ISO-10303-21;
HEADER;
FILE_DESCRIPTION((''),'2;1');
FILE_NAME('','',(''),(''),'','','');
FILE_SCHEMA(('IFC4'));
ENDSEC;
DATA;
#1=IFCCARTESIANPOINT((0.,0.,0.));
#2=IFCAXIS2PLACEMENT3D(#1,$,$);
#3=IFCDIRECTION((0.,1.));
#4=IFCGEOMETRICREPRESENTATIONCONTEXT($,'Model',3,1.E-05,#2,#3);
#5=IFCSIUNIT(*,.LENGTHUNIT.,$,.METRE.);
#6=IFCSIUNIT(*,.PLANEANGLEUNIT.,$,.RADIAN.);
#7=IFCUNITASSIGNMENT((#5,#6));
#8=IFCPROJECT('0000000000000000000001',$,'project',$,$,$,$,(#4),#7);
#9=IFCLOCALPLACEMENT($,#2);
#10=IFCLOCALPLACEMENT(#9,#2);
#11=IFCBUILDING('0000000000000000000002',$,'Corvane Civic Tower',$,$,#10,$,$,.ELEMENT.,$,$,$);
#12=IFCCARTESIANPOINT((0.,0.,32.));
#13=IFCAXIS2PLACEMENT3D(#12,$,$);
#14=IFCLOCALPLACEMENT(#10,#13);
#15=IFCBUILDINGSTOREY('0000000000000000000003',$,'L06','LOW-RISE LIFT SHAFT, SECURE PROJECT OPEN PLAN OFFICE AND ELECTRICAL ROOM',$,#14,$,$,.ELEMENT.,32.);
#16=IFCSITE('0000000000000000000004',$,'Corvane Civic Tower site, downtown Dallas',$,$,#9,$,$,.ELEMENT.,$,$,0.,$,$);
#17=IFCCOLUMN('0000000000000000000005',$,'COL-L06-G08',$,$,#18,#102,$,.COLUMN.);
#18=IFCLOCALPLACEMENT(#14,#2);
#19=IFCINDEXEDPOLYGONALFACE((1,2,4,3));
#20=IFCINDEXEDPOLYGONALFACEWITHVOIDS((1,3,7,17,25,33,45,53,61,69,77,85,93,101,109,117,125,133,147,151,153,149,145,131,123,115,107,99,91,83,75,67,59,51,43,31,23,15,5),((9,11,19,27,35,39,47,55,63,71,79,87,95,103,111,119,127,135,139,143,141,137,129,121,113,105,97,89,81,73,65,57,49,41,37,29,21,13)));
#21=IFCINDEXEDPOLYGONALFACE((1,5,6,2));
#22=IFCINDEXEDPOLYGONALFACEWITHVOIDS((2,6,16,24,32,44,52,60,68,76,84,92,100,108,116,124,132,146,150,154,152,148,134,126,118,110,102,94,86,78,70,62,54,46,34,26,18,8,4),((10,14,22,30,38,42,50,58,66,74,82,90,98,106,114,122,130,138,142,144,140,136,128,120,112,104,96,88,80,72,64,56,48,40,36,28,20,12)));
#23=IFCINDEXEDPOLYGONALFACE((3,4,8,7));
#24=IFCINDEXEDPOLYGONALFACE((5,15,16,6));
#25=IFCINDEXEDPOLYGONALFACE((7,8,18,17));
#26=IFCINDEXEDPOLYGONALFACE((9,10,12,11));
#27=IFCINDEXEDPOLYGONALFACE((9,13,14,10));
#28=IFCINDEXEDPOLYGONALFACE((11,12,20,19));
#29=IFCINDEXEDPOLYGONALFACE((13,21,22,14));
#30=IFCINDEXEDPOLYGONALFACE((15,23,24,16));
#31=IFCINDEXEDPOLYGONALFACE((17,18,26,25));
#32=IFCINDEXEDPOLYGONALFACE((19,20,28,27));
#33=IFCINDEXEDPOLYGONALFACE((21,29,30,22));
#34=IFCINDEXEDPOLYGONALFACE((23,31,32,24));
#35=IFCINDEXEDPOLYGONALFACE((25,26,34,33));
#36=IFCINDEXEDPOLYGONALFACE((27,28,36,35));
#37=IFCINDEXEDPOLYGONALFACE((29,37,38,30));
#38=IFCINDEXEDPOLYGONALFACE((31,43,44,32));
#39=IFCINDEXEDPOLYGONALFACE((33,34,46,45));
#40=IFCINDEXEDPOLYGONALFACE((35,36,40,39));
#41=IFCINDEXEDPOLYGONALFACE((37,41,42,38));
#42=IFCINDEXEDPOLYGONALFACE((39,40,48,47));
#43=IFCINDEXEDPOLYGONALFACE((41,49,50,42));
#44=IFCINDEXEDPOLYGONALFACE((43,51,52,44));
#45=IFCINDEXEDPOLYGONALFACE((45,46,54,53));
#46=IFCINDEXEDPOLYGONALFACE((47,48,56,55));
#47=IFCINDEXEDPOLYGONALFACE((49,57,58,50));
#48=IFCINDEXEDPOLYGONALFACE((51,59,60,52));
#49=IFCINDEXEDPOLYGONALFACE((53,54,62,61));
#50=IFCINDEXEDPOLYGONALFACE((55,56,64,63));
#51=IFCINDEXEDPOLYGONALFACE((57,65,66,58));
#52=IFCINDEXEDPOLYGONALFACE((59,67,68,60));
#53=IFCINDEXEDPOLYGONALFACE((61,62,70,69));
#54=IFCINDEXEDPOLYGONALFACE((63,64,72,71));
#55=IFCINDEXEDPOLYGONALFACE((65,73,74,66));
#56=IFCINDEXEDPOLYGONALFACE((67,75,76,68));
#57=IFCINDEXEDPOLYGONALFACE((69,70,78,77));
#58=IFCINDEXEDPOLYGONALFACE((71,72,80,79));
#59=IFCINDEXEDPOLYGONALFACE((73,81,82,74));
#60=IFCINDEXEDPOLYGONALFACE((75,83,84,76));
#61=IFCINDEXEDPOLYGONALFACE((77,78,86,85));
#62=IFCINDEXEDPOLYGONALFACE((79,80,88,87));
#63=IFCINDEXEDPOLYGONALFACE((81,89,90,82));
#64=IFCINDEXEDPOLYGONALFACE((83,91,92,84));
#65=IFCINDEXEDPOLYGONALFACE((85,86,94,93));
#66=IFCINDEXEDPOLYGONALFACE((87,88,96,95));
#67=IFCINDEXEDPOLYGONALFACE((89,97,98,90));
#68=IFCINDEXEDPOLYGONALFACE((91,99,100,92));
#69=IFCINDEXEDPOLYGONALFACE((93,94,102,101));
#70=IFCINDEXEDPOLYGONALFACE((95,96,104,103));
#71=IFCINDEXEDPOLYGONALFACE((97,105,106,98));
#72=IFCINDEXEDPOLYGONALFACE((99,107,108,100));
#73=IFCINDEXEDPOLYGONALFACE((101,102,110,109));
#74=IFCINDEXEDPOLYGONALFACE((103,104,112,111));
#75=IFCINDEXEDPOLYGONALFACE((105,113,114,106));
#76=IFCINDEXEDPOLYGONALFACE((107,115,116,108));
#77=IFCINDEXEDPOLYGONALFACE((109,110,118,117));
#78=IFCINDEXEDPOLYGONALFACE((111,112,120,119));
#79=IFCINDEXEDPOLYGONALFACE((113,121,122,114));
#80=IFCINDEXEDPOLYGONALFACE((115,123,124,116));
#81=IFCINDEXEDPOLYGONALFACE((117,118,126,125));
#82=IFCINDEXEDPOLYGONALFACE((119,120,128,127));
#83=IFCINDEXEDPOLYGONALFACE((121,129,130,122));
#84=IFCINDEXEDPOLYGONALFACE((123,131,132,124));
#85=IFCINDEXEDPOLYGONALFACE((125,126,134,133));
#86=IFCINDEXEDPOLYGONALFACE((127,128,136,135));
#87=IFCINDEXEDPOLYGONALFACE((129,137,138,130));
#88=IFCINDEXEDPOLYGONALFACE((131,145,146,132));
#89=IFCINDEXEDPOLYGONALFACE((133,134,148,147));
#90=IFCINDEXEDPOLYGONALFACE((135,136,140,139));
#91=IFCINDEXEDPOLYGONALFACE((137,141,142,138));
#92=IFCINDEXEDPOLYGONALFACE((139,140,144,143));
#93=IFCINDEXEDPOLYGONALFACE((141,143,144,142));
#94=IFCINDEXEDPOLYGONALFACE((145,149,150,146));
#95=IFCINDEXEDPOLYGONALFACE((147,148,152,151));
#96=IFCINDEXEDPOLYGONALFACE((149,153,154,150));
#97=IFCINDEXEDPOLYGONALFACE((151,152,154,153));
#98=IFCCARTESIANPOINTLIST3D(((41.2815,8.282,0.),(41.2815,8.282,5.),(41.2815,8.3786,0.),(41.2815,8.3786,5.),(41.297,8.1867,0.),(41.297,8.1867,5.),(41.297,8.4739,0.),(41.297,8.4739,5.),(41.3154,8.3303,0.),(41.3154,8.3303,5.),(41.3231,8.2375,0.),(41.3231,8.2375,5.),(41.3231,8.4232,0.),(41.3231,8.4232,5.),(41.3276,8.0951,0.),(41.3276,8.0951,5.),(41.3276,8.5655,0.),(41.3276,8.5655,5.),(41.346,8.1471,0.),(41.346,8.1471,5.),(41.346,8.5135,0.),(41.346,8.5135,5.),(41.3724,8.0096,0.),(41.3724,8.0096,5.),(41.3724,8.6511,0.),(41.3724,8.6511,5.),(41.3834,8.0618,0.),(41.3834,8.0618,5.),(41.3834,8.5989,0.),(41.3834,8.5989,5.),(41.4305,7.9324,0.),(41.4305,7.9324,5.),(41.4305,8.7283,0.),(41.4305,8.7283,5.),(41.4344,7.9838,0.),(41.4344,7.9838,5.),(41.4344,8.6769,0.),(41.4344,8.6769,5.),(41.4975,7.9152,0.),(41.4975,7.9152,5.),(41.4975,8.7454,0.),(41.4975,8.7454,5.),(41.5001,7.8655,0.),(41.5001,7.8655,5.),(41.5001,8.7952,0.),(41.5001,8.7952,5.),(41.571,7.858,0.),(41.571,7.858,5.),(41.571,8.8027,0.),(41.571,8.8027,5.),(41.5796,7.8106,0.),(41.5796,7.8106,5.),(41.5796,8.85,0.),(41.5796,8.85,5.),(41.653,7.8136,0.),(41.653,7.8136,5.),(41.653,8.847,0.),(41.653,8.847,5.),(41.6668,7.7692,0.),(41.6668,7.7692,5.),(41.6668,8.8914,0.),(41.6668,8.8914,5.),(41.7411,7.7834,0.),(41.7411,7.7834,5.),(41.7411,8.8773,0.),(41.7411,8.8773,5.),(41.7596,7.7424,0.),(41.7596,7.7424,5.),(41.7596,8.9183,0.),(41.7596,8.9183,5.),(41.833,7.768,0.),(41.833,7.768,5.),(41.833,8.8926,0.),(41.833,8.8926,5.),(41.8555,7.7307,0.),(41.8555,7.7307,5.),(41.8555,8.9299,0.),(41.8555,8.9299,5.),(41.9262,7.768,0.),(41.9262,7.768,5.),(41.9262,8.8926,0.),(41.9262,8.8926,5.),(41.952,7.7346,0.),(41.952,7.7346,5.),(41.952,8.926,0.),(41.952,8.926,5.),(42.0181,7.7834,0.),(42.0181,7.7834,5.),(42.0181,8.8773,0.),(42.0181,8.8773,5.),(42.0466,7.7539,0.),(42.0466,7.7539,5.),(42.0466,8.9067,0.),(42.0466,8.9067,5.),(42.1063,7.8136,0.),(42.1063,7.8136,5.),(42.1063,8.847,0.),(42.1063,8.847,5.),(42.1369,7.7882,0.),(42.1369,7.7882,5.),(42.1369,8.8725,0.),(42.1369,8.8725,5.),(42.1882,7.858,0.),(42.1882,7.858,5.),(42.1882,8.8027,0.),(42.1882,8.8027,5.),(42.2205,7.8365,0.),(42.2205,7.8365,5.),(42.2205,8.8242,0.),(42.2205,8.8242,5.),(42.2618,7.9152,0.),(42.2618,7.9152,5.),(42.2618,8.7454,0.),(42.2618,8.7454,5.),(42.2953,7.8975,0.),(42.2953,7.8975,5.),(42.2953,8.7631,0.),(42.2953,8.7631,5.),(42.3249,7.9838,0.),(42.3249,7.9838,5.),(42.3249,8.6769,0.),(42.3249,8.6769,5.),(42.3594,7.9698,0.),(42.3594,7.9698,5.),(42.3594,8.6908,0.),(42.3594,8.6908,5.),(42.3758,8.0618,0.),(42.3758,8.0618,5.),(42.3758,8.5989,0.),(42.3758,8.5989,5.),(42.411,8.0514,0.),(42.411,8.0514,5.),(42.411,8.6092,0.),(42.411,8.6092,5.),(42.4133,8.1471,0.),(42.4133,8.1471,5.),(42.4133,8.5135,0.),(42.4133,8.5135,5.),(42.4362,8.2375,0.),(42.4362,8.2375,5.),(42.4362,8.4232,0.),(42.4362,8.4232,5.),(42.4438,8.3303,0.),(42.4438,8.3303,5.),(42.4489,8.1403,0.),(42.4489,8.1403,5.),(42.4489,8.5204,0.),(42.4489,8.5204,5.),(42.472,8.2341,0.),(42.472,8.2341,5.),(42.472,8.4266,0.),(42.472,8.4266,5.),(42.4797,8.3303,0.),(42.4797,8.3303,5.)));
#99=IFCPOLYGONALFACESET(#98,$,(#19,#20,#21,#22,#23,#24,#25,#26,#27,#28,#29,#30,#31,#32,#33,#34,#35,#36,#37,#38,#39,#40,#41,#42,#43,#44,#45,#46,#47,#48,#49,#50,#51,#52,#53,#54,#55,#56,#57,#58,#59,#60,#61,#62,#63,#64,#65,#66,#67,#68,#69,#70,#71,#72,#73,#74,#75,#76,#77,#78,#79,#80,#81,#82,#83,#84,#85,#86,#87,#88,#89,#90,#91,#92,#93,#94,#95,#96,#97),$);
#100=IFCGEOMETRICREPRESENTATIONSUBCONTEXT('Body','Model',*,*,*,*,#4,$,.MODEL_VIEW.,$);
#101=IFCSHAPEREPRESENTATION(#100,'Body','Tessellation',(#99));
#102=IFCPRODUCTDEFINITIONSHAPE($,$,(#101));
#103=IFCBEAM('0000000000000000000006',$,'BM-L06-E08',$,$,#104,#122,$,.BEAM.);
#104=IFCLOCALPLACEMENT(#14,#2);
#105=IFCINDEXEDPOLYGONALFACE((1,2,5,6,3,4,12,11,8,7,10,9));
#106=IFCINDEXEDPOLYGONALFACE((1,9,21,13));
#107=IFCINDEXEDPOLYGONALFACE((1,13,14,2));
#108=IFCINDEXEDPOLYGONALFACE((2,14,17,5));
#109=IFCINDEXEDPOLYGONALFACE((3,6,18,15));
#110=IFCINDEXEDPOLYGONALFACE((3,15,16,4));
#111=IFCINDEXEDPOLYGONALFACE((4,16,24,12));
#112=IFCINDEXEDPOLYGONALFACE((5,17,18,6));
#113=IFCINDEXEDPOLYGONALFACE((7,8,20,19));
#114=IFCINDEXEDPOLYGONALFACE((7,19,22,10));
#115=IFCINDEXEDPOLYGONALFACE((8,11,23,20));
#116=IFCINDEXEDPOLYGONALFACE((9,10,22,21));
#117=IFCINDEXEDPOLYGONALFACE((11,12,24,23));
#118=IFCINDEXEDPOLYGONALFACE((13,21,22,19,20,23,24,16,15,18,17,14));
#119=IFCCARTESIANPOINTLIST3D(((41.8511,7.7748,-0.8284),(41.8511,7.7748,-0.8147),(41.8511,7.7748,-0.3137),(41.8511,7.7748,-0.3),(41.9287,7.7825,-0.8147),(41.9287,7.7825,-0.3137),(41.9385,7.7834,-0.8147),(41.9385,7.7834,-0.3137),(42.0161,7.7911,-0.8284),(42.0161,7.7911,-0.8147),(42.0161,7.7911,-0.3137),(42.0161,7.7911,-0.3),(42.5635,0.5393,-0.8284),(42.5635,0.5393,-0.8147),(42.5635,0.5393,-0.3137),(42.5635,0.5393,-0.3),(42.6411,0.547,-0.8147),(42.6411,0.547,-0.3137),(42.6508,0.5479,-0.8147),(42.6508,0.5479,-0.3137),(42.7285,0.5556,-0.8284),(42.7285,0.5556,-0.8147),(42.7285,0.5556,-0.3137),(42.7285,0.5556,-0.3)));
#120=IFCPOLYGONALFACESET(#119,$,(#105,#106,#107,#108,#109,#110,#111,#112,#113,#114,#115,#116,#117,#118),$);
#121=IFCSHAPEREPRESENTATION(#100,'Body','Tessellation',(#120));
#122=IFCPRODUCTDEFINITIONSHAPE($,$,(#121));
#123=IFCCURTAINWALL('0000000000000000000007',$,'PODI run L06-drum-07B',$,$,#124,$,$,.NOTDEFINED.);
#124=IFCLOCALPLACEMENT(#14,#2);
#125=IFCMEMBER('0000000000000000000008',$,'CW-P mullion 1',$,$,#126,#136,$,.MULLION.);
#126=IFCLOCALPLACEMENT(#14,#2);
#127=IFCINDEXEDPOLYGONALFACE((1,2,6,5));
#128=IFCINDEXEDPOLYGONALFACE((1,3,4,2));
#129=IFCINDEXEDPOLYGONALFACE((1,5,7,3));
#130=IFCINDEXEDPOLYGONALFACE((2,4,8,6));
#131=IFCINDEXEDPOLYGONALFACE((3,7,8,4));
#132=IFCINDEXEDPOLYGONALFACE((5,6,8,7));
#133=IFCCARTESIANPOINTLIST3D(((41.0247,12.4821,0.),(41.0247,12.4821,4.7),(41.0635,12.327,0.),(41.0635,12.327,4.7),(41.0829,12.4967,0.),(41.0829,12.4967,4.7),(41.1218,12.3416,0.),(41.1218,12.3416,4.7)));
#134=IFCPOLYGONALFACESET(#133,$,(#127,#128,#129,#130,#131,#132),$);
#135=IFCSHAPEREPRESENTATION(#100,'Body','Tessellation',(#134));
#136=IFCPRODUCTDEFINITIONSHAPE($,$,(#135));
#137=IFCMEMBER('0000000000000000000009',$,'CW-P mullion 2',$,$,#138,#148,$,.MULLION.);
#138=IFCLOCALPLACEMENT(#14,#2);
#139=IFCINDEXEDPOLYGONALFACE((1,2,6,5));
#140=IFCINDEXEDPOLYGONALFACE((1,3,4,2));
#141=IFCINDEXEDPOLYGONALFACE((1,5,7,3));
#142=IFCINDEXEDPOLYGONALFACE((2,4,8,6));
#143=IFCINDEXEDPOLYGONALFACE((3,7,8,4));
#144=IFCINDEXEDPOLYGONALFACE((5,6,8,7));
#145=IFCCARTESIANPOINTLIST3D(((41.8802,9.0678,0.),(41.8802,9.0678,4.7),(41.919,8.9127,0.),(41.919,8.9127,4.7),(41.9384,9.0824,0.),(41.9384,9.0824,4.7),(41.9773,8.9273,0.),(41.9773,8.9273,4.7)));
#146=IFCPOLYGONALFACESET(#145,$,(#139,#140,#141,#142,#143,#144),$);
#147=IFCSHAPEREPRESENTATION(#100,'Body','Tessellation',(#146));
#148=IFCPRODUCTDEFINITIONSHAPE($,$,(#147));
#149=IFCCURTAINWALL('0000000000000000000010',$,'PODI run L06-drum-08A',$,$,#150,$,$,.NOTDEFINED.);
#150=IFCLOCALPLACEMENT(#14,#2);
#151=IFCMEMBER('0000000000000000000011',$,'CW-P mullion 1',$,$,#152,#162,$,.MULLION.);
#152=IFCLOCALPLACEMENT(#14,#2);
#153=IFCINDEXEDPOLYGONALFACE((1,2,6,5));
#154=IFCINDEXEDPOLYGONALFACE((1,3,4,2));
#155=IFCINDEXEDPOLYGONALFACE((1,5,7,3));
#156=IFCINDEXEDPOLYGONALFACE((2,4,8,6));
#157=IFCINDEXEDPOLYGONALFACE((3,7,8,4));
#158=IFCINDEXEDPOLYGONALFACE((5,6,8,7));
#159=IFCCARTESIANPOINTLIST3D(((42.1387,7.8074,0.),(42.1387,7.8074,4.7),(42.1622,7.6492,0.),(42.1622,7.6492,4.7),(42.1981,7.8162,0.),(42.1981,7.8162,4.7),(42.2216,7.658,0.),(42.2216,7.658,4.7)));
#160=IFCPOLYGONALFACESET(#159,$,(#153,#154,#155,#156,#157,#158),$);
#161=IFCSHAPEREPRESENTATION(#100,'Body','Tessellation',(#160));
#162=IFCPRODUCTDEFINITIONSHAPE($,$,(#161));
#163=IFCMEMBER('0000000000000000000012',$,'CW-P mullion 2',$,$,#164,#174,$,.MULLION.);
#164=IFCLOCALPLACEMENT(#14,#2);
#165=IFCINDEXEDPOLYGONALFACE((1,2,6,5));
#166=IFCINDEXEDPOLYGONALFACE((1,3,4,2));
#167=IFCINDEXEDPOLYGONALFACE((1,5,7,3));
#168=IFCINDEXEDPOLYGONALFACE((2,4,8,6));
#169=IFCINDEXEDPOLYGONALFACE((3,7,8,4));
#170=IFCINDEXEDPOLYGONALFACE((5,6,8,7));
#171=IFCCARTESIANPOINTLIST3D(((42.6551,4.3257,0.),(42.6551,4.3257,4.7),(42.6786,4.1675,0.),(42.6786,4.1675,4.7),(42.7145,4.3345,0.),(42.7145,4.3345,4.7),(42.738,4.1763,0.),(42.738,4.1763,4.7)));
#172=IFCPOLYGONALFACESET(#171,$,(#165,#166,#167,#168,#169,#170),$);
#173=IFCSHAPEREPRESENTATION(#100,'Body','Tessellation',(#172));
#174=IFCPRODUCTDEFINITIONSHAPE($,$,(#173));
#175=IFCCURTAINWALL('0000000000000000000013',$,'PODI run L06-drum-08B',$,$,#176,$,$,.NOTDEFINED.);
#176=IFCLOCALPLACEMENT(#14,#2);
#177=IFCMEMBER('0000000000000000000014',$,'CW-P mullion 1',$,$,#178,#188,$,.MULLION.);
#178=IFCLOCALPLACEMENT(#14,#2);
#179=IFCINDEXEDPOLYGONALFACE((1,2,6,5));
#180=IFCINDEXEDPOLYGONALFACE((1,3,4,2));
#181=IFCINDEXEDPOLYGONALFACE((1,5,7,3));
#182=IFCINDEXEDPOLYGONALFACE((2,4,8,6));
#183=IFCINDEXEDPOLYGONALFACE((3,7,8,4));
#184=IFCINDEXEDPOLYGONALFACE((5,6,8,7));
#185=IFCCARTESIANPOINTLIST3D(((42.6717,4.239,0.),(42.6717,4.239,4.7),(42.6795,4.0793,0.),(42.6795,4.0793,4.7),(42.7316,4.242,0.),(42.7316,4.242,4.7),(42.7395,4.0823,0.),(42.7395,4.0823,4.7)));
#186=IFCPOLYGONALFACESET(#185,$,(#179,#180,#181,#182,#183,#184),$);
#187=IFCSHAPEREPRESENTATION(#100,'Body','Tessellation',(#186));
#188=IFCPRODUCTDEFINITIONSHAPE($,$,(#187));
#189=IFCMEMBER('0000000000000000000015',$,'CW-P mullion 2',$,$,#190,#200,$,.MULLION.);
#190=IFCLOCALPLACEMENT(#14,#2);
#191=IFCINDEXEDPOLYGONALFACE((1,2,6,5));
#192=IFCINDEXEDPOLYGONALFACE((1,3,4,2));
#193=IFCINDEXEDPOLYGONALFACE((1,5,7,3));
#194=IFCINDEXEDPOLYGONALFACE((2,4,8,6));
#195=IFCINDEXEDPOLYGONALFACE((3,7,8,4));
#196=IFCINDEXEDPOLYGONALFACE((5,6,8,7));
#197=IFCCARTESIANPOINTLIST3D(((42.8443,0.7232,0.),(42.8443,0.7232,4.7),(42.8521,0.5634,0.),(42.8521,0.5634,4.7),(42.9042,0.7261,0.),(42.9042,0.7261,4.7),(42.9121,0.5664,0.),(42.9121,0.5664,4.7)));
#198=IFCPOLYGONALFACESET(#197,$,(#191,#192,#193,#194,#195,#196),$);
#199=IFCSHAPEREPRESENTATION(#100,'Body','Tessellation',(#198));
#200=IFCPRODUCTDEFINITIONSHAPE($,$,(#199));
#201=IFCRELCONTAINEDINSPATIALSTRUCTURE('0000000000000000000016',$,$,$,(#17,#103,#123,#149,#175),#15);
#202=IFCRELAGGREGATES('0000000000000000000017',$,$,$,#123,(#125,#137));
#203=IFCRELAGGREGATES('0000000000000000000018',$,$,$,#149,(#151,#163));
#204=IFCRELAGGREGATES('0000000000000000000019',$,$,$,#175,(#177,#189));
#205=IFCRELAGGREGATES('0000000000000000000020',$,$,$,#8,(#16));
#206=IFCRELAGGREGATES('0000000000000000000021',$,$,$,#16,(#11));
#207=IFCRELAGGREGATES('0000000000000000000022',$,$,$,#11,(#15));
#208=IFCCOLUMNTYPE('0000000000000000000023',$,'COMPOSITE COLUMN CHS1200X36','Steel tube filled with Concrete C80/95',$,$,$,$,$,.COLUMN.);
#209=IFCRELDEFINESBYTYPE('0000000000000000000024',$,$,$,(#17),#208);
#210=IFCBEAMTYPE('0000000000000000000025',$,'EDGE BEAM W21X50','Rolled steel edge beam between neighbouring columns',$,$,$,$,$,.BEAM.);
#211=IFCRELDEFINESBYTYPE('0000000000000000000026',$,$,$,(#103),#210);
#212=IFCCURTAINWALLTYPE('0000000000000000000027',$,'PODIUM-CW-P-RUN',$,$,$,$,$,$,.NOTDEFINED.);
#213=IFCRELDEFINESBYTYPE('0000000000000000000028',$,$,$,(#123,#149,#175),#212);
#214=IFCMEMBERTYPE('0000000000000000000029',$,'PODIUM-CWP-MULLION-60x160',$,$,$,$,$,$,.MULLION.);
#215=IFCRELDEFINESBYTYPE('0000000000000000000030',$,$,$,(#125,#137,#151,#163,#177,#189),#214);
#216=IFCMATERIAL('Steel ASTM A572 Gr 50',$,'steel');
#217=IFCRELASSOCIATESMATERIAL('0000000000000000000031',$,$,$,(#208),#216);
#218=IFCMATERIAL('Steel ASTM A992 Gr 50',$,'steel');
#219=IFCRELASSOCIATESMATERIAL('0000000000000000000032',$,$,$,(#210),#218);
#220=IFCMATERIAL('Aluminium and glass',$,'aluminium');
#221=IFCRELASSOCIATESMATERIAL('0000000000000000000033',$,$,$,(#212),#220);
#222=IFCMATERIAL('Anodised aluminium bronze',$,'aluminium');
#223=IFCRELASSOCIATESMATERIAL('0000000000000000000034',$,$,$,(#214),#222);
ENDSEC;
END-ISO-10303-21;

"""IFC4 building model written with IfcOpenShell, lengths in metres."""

from ifc_helpers import new_model, si_unit, direction, frame, origin, origin_2d, place, context, subcontext, project, spatial, rectangle, hollow_circle, i_section, extrude, material, material_profile, profile_set, type_object, element, aggregate, save


model = new_model("IFC4")

# Units and contexts
model_context = context("Model", 3, precision=1e-05, world=origin(), true_north=direction((0.0, 1.0)))
body_context = subcontext(model_context, "Body", "Model", "MODEL_VIEW")
ifc_project = project(units=[si_unit("LENGTHUNIT", "METRE"), si_unit("PLANEANGLEUNIT", "RADIAN")], contexts=[model_context])

# Site, building, storey
site_placement = place(None, origin())
site = spatial("IfcSite", under=ifc_project, at=site_placement, Name="Corvane Civic Tower site, downtown Dallas", CompositionType="ELEMENT", RefElevation=0.0)
building_placement = place(site_placement, origin())
building = spatial("IfcBuilding", under=site, at=building_placement, Name="Corvane Civic Tower", CompositionType="ELEMENT")
storey_placement = place(building_placement, frame((0.0, 0.0, 32.0)))
storey = spatial("IfcBuildingStorey", under=building, at=storey_placement, Name="L06", Description="LOW-RISE LIFT SHAFT, SECURE PROJECT OPEN PLAN OFFICE AND ELECTRICAL ROOM", CompositionType="ELEMENT", Elevation=32.0)

# Column
ifc_material_1 = material(Name="Steel ASTM A572 Gr 50", Category="steel")
ifc_material_profile_1 = material_profile(ifc_material_1, hollow_circle(Radius=0.6001, WallThickness=0.0359, at=origin_2d()), Name="CHS1200X36")
ifc_profile_set_1 = profile_set([ifc_material_profile_1], Name="Steel ASTM A572 Gr 50")
column_type = type_object("IfcColumnType", Name="COMPOSITE COLUMN CHS1200X36", Description="Steel tube filled with Concrete C80/95", PredefinedType="COLUMN", material=ifc_profile_set_1)
column_placement = place(storey_placement, frame((41.8796, 8.3303, 0.0), z_axis=(0.0, 0.0, 1.0), x_axis=(1.0, 0.0, 0.0)))
element("IfcColumn", 1, at=column_placement, inside=storey, type_object=column_type, Name="COL-L06-G08", PredefinedType="COLUMN", context=body_context, shape_type="SweptSolid", body=[
    extrude(hollow_circle(Radius=0.6001, WallThickness=0.0359, at=origin_2d()), origin(), (0.0, 0.0, 1.0), 5.0),
])

# Beam
ifc_material_2 = material(Name="Steel ASTM A992 Gr 50", Category="steel")
ifc_material_profile_2 = material_profile(ifc_material_2, i_section(OverallWidth=0.1658, OverallDepth=0.5283, WebThickness=0.0098, FlangeThickness=0.0137, at=origin_2d()), Name="W21X50")
ifc_profile_set_2 = profile_set([ifc_material_profile_2], Name="Steel ASTM A992 Gr 50")
beam_type = type_object("IfcBeamType", Name="EDGE BEAM W21X50", Description="Rolled steel edge beam between neighbouring columns", PredefinedType="BEAM", material=ifc_profile_set_2)
beam_placement = place(storey_placement, frame((41.9336, 7.783, -0.5642), z_axis=(0.097984, -0.995188, 0.0), x_axis=(0.995188, 0.097984, 0.0)))
element("IfcBeam", 2, at=beam_placement, inside=storey, type_object=beam_type, Name="BM-L06-E08", PredefinedType="BEAM", context=body_context, shape_type="SweptSolid", body=[
    extrude(i_section(OverallWidth=0.1658, OverallDepth=0.5283, WebThickness=0.0098, FlangeThickness=0.0137, at=origin_2d()), origin(), (0.0, 0.0, 1.0), 7.2705),
])

# Curtain walls, members
ifc_material_3 = material(Name="Aluminium and glass", Category="aluminium")
curtain_wall_type = type_object("IfcCurtainWallType", Name="PODIUM-CW-P-RUN", PredefinedType="NOTDEFINED", material=ifc_material_3)
curtain_wall_1_placement = place(storey_placement, origin())
curtain_wall_1 = element("IfcCurtainWall", 3, at=curtain_wall_1_placement, inside=storey, type_object=curtain_wall_type, Name="PODI run L06-drum-07B", PredefinedType="NOTDEFINED")
ifc_material_4 = material(Name="Anodised aluminium bronze", Category="aluminium")
ifc_material_profile_3 = material_profile(ifc_material_4, rectangle(XDim=0.0601, YDim=0.1599, at=origin_2d()), Name="AL 60x160")
ifc_profile_set_3 = profile_set([ifc_material_profile_3], Name="Anodised aluminium bronze")
member_type_1 = type_object("IfcMemberType", Name="PODIUM-CWP-MULLION-60x160", PredefinedType="MULLION", material=ifc_profile_set_3)
member_1_placement = place(storey_placement, frame((41.0732, 12.4119, 0.0), z_axis=(0.0, 0.0, 1.0), x_axis=(0.970024, 0.243009, 0.0)))
member_1 = element("IfcMember", 4, at=member_1_placement, type_object=member_type_1, Name="CW-P mullion 1", PredefinedType="MULLION", context=body_context, shape_type="SweptSolid", body=[
    extrude(rectangle(XDim=0.0601, YDim=0.1599, at=origin_2d()), origin(), (0.0, 0.0, 1.0), 4.7),
])
member_2_placement = place(storey_placement, frame((41.9287, 8.9976, 0.0), z_axis=(0.0, 0.0, 1.0), x_axis=(0.970024, 0.243009, 0.0)))
member_2 = element("IfcMember", 5, at=member_2_placement, type_object=member_type_1, Name="CW-P mullion 2", PredefinedType="MULLION", context=body_context, shape_type="SweptSolid", body=[
    extrude(rectangle(XDim=0.0601, YDim=0.1599, at=origin_2d()), origin(), (0.0, 0.0, 1.0), 4.7),
])
curtain_wall_2_placement = place(storey_placement, origin())
curtain_wall_2 = element("IfcCurtainWall", 6, at=curtain_wall_2_placement, inside=storey, type_object=curtain_wall_type, Name="PODI run L06-drum-08A", PredefinedType="NOTDEFINED")
member_3_placement = place(storey_placement, frame((42.1802, 7.7327, 0.0), z_axis=(0.0, 0.0, 1.0), x_axis=(0.989179, 0.146715, 0.0)))
member_3 = element("IfcMember", 7, at=member_3_placement, type_object=member_type_1, Name="CW-P mullion 1", PredefinedType="MULLION", context=body_context, shape_type="SweptSolid", body=[
    extrude(rectangle(XDim=0.0601, YDim=0.1599, at=origin_2d()), origin(), (0.0, 0.0, 1.0), 4.7),
])
member_4_placement = place(storey_placement, frame((42.6965, 4.251, 0.0), z_axis=(0.0, 0.0, 1.0), x_axis=(0.989179, 0.146715, 0.0)))
member_4 = element("IfcMember", 8, at=member_4_placement, type_object=member_type_1, Name="CW-P mullion 2", PredefinedType="MULLION", context=body_context, shape_type="SweptSolid", body=[
    extrude(rectangle(XDim=0.0601, YDim=0.1599, at=origin_2d()), origin(), (0.0, 0.0, 1.0), 4.7),
])
curtain_wall_3_placement = place(storey_placement, origin())
curtain_wall_3 = element("IfcCurtainWall", 9, at=curtain_wall_3_placement, inside=storey, type_object=curtain_wall_type, Name="PODI run L06-drum-08B", PredefinedType="NOTDEFINED")
member_5_placement = place(storey_placement, frame((42.7056, 4.1606, 0.0), z_axis=(0.0, 0.0, 1.0), x_axis=(0.998796, 0.04905, 0.0)))
member_5 = element("IfcMember", 10, at=member_5_placement, type_object=member_type_1, Name="CW-P mullion 1", PredefinedType="MULLION", context=body_context, shape_type="SweptSolid", body=[
    extrude(rectangle(XDim=0.0601, YDim=0.1599, at=origin_2d()), origin(), (0.0, 0.0, 1.0), 4.7),
])
member_6_placement = place(storey_placement, frame((42.8782, 0.6448, 0.0), z_axis=(0.0, 0.0, 1.0), x_axis=(0.998796, 0.04905, 0.0)))
member_6 = element("IfcMember", 11, at=member_6_placement, type_object=member_type_1, Name="CW-P mullion 2", PredefinedType="MULLION", context=body_context, shape_type="SweptSolid", body=[
    extrude(rectangle(XDim=0.0601, YDim=0.1599, at=origin_2d()), origin(), (0.0, 0.0, 1.0), 4.7),
])

aggregate(curtain_wall_1, [member_1, member_2])
aggregate(curtain_wall_2, [member_3, member_4])
aggregate(curtain_wall_3, [member_5, member_6])

save(model, "model.ifc")
